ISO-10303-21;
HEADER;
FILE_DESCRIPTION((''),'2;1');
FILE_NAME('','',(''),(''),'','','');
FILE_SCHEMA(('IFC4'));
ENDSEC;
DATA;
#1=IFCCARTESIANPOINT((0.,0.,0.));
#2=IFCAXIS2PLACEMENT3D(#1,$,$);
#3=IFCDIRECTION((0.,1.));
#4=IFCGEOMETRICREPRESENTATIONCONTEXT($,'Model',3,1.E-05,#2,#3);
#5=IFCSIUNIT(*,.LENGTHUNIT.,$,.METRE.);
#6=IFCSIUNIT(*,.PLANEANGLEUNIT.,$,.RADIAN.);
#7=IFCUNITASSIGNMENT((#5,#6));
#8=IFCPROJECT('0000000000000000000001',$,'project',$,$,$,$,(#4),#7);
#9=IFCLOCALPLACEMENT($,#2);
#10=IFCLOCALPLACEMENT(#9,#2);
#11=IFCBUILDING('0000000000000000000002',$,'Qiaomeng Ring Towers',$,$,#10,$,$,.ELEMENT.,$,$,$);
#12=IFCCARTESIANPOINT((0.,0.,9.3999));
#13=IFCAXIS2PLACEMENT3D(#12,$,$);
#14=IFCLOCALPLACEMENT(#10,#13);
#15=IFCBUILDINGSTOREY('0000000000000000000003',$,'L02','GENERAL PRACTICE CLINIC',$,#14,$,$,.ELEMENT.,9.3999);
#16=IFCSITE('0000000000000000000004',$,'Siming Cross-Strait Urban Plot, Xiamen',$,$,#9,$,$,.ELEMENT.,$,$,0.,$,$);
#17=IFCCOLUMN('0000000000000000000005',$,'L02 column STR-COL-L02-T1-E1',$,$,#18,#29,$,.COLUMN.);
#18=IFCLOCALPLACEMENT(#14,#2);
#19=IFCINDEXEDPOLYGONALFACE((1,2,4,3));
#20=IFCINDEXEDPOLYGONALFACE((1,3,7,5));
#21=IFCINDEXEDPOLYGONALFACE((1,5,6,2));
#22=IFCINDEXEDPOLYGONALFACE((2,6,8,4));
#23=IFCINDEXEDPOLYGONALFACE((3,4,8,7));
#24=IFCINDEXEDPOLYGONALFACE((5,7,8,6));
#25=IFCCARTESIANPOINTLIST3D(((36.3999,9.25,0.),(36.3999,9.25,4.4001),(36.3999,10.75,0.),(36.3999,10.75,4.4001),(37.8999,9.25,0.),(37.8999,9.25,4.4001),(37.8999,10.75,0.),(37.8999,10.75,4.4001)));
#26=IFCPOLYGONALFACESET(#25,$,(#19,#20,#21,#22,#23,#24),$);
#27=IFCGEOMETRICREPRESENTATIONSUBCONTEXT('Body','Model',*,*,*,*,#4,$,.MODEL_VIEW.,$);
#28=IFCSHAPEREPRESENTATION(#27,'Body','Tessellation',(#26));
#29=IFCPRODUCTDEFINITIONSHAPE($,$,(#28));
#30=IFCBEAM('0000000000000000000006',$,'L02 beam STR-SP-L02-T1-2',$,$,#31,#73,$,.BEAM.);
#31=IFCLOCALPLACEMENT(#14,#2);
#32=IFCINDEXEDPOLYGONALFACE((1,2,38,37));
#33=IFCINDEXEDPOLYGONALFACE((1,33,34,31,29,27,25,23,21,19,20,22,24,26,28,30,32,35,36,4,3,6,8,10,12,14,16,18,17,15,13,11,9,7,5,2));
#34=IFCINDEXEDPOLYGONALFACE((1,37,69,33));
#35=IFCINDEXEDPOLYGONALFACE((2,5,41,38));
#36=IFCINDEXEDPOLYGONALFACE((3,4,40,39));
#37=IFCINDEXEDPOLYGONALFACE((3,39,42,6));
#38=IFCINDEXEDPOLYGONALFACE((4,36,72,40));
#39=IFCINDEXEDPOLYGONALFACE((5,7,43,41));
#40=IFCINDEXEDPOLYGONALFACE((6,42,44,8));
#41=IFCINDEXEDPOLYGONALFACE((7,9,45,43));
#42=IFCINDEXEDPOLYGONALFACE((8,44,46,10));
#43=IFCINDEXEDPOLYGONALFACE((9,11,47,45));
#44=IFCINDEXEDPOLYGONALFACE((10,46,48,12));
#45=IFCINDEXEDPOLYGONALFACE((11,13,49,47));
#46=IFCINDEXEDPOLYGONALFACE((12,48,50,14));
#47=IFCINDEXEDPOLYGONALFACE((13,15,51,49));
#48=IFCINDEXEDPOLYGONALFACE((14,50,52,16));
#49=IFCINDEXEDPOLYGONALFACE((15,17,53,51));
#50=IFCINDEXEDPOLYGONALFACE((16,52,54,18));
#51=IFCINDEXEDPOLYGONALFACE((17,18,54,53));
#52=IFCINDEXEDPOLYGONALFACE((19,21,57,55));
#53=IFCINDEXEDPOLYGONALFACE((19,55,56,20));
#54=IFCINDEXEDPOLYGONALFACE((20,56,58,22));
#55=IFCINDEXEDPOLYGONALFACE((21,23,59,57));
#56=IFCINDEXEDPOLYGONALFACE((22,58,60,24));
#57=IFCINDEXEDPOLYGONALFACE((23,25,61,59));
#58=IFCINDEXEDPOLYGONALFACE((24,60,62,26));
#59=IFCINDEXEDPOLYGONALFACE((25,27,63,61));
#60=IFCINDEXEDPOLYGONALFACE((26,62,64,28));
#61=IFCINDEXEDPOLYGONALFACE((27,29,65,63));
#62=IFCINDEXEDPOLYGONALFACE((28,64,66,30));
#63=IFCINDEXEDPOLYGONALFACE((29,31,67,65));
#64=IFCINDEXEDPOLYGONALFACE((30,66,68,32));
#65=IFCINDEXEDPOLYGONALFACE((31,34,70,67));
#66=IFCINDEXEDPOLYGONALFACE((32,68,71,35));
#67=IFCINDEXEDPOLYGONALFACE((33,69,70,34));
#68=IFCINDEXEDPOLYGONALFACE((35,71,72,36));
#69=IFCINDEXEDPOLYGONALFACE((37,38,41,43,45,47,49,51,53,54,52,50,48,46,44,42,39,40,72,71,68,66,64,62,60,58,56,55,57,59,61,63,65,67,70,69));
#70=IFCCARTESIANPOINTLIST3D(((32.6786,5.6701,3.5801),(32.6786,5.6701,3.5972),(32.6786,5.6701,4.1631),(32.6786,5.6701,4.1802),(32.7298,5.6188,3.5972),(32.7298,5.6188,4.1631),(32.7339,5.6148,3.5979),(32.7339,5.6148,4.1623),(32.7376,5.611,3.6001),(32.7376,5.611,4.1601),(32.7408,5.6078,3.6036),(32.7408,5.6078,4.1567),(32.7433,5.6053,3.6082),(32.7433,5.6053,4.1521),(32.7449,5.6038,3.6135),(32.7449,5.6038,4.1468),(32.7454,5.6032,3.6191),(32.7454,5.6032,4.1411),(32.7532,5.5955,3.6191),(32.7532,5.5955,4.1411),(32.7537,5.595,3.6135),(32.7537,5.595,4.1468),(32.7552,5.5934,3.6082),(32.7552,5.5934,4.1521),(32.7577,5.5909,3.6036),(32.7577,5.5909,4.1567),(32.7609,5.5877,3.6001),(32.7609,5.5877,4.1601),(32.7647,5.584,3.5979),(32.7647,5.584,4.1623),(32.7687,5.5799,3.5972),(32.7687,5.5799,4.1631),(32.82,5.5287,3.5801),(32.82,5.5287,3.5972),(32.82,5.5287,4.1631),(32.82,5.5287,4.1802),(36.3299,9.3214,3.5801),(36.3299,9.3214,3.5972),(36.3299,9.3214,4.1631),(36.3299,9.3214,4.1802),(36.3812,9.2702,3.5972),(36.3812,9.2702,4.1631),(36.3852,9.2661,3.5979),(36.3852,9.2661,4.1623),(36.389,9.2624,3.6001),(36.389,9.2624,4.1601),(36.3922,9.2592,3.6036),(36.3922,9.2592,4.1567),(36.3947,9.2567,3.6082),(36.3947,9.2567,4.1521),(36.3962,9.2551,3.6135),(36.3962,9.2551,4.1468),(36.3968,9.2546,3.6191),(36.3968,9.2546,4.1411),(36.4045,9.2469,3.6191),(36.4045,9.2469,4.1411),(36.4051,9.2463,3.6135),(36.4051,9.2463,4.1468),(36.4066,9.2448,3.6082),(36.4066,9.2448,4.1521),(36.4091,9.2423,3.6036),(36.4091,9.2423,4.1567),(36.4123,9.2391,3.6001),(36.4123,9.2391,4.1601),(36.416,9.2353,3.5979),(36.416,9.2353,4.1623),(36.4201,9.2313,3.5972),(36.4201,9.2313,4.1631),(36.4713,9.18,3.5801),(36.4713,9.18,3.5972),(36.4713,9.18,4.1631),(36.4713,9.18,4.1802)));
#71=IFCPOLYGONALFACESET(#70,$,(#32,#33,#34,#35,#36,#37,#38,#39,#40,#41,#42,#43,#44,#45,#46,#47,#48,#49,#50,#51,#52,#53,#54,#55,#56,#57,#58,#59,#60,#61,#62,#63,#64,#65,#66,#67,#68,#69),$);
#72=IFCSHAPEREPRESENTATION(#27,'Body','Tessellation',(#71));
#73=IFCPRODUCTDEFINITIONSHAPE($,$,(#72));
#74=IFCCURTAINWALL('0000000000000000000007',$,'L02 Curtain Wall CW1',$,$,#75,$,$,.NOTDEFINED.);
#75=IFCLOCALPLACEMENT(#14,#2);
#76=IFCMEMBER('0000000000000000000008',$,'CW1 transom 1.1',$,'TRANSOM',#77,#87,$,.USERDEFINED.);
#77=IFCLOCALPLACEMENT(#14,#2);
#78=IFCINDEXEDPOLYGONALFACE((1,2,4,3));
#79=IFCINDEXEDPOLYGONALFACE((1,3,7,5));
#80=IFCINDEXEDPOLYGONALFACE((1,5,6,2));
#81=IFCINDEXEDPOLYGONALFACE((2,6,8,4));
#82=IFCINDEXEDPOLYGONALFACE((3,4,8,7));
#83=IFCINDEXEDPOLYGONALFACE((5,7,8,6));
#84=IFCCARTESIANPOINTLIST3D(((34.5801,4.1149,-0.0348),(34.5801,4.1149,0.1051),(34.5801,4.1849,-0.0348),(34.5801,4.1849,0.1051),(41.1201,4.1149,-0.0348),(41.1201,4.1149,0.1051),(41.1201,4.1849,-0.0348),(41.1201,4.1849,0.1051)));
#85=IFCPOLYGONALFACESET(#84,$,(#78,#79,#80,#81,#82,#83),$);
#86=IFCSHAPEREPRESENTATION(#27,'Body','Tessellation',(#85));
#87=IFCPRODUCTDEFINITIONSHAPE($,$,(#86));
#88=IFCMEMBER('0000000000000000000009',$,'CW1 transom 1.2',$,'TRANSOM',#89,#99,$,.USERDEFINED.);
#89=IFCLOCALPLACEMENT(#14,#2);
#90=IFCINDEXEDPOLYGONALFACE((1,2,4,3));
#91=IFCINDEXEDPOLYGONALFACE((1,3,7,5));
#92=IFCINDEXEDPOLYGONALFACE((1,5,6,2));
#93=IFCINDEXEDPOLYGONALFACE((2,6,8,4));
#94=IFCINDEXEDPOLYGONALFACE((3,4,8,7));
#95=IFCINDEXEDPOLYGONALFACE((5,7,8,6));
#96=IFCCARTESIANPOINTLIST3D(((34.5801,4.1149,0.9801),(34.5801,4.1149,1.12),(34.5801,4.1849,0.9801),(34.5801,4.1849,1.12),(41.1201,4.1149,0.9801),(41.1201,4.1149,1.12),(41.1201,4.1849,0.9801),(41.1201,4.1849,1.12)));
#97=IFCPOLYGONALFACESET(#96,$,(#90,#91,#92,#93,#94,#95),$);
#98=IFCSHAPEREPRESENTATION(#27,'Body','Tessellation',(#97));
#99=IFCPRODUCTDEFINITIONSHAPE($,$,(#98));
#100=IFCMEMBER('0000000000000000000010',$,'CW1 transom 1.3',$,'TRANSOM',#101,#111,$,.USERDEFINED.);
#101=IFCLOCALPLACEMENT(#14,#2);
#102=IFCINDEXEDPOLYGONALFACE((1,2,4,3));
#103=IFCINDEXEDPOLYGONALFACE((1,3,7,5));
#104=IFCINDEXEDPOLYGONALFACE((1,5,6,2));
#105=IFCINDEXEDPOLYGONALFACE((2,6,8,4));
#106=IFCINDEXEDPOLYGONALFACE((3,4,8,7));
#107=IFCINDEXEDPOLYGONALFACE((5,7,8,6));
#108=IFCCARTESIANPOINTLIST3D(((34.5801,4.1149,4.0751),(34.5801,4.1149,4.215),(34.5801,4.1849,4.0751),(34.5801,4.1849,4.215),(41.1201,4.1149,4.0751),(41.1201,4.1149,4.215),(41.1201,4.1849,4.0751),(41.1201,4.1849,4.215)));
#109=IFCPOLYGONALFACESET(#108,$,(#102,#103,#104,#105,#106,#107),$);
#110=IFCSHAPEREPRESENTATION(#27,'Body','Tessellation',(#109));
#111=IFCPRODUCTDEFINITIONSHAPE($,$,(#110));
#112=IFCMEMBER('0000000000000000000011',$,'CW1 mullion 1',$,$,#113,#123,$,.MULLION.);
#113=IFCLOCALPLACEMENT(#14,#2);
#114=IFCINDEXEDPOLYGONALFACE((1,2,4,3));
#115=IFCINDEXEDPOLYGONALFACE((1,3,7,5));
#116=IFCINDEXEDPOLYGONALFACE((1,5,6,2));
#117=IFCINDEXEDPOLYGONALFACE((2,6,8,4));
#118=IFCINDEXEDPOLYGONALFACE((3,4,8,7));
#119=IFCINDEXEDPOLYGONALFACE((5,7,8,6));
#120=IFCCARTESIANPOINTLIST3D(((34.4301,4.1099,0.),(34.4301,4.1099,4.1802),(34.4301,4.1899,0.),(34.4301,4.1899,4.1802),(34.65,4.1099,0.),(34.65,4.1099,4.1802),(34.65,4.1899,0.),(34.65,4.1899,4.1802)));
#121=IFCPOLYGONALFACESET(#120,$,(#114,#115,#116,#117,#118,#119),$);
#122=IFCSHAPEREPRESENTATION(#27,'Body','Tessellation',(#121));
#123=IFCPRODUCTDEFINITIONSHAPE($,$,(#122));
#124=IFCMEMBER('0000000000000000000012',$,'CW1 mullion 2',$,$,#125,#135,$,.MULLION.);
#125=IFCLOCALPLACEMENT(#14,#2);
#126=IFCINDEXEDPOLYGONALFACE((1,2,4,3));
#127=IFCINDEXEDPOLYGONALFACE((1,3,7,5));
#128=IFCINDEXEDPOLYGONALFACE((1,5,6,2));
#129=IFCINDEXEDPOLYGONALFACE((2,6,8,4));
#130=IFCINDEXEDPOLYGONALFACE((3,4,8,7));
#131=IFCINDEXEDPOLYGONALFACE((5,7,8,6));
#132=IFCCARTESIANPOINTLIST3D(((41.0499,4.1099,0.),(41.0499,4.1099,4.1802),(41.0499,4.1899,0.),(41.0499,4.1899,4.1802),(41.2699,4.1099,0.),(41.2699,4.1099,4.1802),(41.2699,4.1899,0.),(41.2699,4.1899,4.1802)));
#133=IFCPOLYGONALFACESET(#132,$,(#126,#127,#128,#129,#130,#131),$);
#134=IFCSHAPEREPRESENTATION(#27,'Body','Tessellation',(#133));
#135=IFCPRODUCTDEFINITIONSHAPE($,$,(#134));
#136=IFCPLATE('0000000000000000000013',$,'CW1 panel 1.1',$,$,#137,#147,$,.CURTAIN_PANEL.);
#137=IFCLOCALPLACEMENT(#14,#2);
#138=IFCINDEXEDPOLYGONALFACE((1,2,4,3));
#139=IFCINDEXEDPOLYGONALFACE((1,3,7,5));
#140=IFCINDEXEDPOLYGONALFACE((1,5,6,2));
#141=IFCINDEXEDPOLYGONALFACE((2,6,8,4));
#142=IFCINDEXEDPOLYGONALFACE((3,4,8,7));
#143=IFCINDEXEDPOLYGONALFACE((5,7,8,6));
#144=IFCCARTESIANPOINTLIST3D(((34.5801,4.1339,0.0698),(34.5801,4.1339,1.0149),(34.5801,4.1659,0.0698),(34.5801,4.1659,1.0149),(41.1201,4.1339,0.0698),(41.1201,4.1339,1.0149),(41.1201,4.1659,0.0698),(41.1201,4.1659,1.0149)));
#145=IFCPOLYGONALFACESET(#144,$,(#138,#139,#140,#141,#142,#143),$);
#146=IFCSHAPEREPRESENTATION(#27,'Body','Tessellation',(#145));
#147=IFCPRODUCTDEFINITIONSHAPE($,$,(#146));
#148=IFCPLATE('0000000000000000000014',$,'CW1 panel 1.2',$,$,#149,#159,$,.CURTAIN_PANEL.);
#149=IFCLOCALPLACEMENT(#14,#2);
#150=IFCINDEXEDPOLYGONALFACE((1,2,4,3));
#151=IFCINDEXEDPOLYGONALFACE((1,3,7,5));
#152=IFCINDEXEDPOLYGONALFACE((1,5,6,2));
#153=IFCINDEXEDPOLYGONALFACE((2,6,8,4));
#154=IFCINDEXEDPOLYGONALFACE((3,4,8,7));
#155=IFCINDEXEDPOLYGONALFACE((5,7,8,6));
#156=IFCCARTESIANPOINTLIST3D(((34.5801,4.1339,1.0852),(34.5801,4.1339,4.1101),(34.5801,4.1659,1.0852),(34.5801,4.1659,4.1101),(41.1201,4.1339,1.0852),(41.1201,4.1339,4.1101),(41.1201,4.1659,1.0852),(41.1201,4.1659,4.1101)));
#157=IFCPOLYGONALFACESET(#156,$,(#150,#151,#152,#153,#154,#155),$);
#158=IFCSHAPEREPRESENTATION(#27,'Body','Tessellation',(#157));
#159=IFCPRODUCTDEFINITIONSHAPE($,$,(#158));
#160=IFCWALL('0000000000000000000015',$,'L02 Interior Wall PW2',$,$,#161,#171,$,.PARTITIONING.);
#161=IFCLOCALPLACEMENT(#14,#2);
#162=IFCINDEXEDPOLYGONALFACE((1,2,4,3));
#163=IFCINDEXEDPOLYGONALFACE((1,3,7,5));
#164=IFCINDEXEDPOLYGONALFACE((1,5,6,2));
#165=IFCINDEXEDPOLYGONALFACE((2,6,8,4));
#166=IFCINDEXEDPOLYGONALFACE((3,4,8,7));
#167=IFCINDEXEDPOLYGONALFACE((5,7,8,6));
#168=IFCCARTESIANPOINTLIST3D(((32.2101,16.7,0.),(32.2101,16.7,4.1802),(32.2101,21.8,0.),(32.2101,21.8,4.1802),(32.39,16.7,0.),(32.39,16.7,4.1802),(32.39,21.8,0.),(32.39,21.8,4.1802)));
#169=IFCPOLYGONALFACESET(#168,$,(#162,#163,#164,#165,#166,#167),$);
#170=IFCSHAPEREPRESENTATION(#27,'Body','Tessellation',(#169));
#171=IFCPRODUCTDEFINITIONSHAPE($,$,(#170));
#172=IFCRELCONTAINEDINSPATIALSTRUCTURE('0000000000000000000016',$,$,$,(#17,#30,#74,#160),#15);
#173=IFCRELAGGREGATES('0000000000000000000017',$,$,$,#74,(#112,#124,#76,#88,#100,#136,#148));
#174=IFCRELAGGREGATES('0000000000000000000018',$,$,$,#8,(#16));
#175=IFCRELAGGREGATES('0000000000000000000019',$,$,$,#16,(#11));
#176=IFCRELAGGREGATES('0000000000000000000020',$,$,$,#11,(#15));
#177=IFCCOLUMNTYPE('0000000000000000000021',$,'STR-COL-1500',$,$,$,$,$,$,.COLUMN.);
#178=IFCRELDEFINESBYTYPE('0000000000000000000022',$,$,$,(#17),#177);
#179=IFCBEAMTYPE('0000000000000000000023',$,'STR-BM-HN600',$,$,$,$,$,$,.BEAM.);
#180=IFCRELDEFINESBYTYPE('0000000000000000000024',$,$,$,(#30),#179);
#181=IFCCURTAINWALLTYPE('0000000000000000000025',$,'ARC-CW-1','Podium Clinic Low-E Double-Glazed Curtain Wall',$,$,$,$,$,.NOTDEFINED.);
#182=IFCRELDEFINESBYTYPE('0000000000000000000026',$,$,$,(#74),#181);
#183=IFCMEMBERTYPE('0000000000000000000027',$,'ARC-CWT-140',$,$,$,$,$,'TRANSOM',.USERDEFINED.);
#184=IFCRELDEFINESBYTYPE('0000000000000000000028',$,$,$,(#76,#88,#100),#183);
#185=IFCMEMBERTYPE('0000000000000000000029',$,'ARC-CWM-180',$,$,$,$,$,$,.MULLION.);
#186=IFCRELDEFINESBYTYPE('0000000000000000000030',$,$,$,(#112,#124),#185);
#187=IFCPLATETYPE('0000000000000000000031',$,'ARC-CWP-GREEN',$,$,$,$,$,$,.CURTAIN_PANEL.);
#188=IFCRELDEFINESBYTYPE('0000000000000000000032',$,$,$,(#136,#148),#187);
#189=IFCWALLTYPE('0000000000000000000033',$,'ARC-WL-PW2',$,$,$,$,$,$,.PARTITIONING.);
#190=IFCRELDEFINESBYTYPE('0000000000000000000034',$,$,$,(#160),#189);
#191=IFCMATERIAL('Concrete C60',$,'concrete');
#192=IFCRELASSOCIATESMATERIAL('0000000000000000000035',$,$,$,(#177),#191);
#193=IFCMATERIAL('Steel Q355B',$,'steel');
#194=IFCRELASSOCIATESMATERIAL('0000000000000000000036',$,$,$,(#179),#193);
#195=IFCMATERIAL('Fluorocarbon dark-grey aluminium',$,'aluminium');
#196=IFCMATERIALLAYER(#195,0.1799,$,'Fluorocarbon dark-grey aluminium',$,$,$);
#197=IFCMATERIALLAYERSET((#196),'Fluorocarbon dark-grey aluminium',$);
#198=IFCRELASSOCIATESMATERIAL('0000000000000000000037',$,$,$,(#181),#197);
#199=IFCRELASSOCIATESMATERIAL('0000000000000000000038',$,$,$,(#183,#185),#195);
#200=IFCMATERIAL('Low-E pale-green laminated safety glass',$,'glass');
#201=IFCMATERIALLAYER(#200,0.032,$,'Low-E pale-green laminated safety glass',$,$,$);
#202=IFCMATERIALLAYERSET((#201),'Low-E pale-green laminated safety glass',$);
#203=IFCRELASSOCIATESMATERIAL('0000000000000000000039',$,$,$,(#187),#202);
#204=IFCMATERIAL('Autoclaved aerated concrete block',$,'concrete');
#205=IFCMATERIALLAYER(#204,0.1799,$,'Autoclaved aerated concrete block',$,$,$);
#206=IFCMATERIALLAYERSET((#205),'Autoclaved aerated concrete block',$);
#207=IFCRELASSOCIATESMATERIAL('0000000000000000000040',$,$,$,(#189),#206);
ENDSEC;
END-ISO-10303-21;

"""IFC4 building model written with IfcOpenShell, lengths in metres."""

from ifc_helpers import new_model, si_unit, direction, frame, frame_2d, origin, origin_2d, place, context, subcontext, project, spatial, rectangle, i_section, extrude, source, transform, mapped, material, layer, layer_set, material_profile, profile_set, type_object, element, aggregate, save


model = new_model("IFC4")

# Units and contexts
model_context = context("Model", 3, precision=1e-05, world=origin(), true_north=direction((0.0, 1.0)))
body_context = subcontext(model_context, "Body", "Model", "MODEL_VIEW")
ifc_project = project(units=[si_unit("LENGTHUNIT", "METRE"), si_unit("PLANEANGLEUNIT", "RADIAN")], contexts=[model_context])

# Site, building, storey
site_placement = place(None, origin())
site = spatial("IfcSite", under=ifc_project, at=site_placement, Name="Siming Cross-Strait Urban Plot, Xiamen", CompositionType="ELEMENT", RefElevation=0.0)
building_placement = place(site_placement, origin())
building = spatial("IfcBuilding", under=site, at=building_placement, Name="Qiaomeng Ring Towers", CompositionType="ELEMENT")
storey_placement = place(building_placement, frame((0.0, 0.0, 9.3999)))
storey = spatial("IfcBuildingStorey", under=building, at=storey_placement, Name="L02", Description="GENERAL PRACTICE CLINIC", CompositionType="ELEMENT", Elevation=9.3999)

# Column
ifc_material_1 = material(Name="Concrete C60", Category="concrete")
ifc_material_profile_1 = material_profile(ifc_material_1, rectangle(XDim=1.5, YDim=1.5, at=origin_2d()), Name="RC COL 1500x1500")
ifc_profile_set_1 = profile_set([ifc_material_profile_1], Name="Concrete C60")
column_type = type_object("IfcColumnType", Name="STR-COL-1500", PredefinedType="COLUMN", material=ifc_profile_set_1)
shared_shape_1 = source(origin(), body_context, "Body", "SweptSolid", [
    extrude(rectangle(XDim=1.5, YDim=1.5, at=origin_2d()), origin(), (0.0, 0.0, 1.0), 4.4001),
])
column_placement = place(storey_placement, frame((37.1499, 10.0, 0.0), z_axis=(0.0, 0.0, 1.0), x_axis=(1.0, 0.0, 0.0)))
element("IfcColumn", 1, at=column_placement, inside=storey, type_object=column_type, Name="L02 column STR-COL-L02-T1-E1", PredefinedType="COLUMN", context=body_context, shape_type="MappedRepresentation", body=[
    mapped(shared_shape_1, transform((0.0, 0.0, 0.0), x_axis=(1.0, 0.0, 0.0), y_axis=(0.0, 1.0, 0.0), z_axis=(0.0, 0.0, 1.0), scale=1.0)),
])

# Beam
ifc_material_2 = material(Name="Steel Q355B", Category="steel")
ifc_material_profile_2 = material_profile(ifc_material_2, i_section(OverallWidth=0.2, OverallDepth=0.6001, WebThickness=0.011, FlangeThickness=0.0171, FilletRadius=0.022, at=origin_2d()), Name="HN 600x200x11x17")
ifc_profile_set_2 = profile_set([ifc_material_profile_2], Name="Steel Q355B")
beam_type = type_object("IfcBeamType", Name="STR-BM-HN600", PredefinedType="BEAM", material=ifc_profile_set_2)
shared_shape_2 = source(origin(), body_context, "Body", "SweptSolid", [
    extrude(i_section(OverallWidth=0.2, OverallDepth=0.6001, WebThickness=0.011, FlangeThickness=0.0171, FilletRadius=0.022, at=origin_2d()), origin(), (0.0, 0.0, 1.0), 5.1638),
])
beam_placement = place(storey_placement, frame((32.7493, 5.5994, 3.8801), z_axis=(0.707107, 0.707107, 0.0), x_axis=(-0.707107, 0.707107, 0.0)))
element("IfcBeam", 2, at=beam_placement, inside=storey, type_object=beam_type, Name="L02 beam STR-SP-L02-T1-2", PredefinedType="BEAM", context=body_context, shape_type="MappedRepresentation", body=[
    mapped(shared_shape_2, transform((0.0, 0.0, 0.0), x_axis=(1.0, 0.0, 0.0), y_axis=(0.0, 1.0, 0.0), z_axis=(0.0, 0.0, 1.0), scale=1.0)),
])

# Curtain wall, members, plates
ifc_material_3 = material(Name="Fluorocarbon dark-grey aluminium", Category="aluminium")
ifc_layer_1 = layer(ifc_material_3, 0.1799, Name="Fluorocarbon dark-grey aluminium")
ifc_layer_set_1 = layer_set([ifc_layer_1], Name="Fluorocarbon dark-grey aluminium")
curtain_wall_type = type_object("IfcCurtainWallType", Name="ARC-CW-1", Description="Podium Clinic Low-E Double-Glazed Curtain Wall", PredefinedType="NOTDEFINED", material=ifc_layer_set_1)
curtain_wall_placement = place(storey_placement, origin())
curtain_wall = element("IfcCurtainWall", 3, at=curtain_wall_placement, inside=storey, type_object=curtain_wall_type, Name="L02 Curtain Wall CW1", PredefinedType="NOTDEFINED")
ifc_material_profile_3 = material_profile(ifc_material_3, rectangle(XDim=0.0701, YDim=0.1399, at=origin_2d()), Name="ALU TRAN 70x140")
ifc_profile_set_3 = profile_set([ifc_material_profile_3], Name="Fluorocarbon dark-grey aluminium")
member_type_1 = type_object("IfcMemberType", Name="ARC-CWT-140", ElementType="TRANSOM", PredefinedType="USERDEFINED", material=ifc_profile_set_3)
shared_shape_3 = source(origin(), body_context, "Body", "SweptSolid", [
    extrude(rectangle(XDim=0.0701, YDim=0.1399, at=origin_2d()), origin(), (0.0, 0.0, 1.0), 6.54),
])
member_1_placement = place(storey_placement, frame((34.5801, 4.1499, 0.0352), z_axis=(1.0, 0.0, 0.0), x_axis=(0.0, 1.0, 0.0)))
member_1 = element("IfcMember", 4, at=member_1_placement, type_object=member_type_1, Name="CW1 transom 1.1", ObjectType="TRANSOM", PredefinedType="USERDEFINED", context=body_context, shape_type="MappedRepresentation", body=[
    mapped(shared_shape_3, transform((0.0, 0.0, 0.0), x_axis=(1.0, 0.0, 0.0), y_axis=(0.0, 1.0, 0.0), z_axis=(0.0, 0.0, 1.0), scale=1.0)),
])
member_2_placement = place(storey_placement, frame((34.5801, 4.1499, 1.05), z_axis=(1.0, 0.0, 0.0), x_axis=(0.0, 1.0, 0.0)))
member_2 = element("IfcMember", 5, at=member_2_placement, type_object=member_type_1, Name="CW1 transom 1.2", ObjectType="TRANSOM", PredefinedType="USERDEFINED", context=body_context, shape_type="MappedRepresentation", body=[
    mapped(shared_shape_3, transform((0.0, 0.0, 0.0), x_axis=(1.0, 0.0, 0.0), y_axis=(0.0, 1.0, 0.0), z_axis=(0.0, 0.0, 1.0), scale=1.0)),
])
member_3_placement = place(storey_placement, frame((34.5801, 4.1499, 4.145), z_axis=(1.0, 0.0, 0.0), x_axis=(0.0, 1.0, 0.0)))
member_3 = element("IfcMember", 6, at=member_3_placement, type_object=member_type_1, Name="CW1 transom 1.3", ObjectType="TRANSOM", PredefinedType="USERDEFINED", context=body_context, shape_type="MappedRepresentation", body=[
    mapped(shared_shape_3, transform((0.0, 0.0, 0.0), x_axis=(1.0, 0.0, 0.0), y_axis=(0.0, 1.0, 0.0), z_axis=(0.0, 0.0, 1.0), scale=1.0)),
])
ifc_material_profile_4 = material_profile(ifc_material_3, rectangle(XDim=0.0801, YDim=0.22, at=origin_2d()), Name="ALU MULL 80x220")
ifc_profile_set_4 = profile_set([ifc_material_profile_4], Name="Fluorocarbon dark-grey aluminium")
member_type_2 = type_object("IfcMemberType", Name="ARC-CWM-180", PredefinedType="MULLION", material=ifc_profile_set_4)
shared_shape_4 = source(origin(), body_context, "Body", "SweptSolid", [
    extrude(rectangle(XDim=0.0801, YDim=0.22, at=origin_2d()), origin(), (0.0, 0.0, 1.0), 4.1802),
])
member_4_placement = place(storey_placement, frame((34.54, 4.1499, 0.0), z_axis=(0.0, 0.0, 1.0), x_axis=(0.0, 1.0, 0.0)))
member_4 = element("IfcMember", 7, at=member_4_placement, type_object=member_type_2, Name="CW1 mullion 1", PredefinedType="MULLION", context=body_context, shape_type="MappedRepresentation", body=[
    mapped(shared_shape_4, transform((0.0, 0.0, 0.0), x_axis=(1.0, 0.0, 0.0), y_axis=(0.0, 1.0, 0.0), z_axis=(0.0, 0.0, 1.0), scale=1.0)),
])
member_5_placement = place(storey_placement, frame((41.1599, 4.1499, 0.0), z_axis=(0.0, 0.0, 1.0), x_axis=(0.0, 1.0, 0.0)))
member_5 = element("IfcMember", 8, at=member_5_placement, type_object=member_type_2, Name="CW1 mullion 2", PredefinedType="MULLION", context=body_context, shape_type="MappedRepresentation", body=[
    mapped(shared_shape_4, transform((0.0, 0.0, 0.0), x_axis=(1.0, 0.0, 0.0), y_axis=(0.0, 1.0, 0.0), z_axis=(0.0, 0.0, 1.0), scale=1.0)),
])
ifc_material_4 = material(Name="Low-E pale-green laminated safety glass", Category="glass")
ifc_layer_2 = layer(ifc_material_4, 0.032, Name="Low-E pale-green laminated safety glass")
ifc_layer_set_2 = layer_set([ifc_layer_2], Name="Low-E pale-green laminated safety glass")
plate_type = type_object("IfcPlateType", Name="ARC-CWP-GREEN", PredefinedType="CURTAIN_PANEL", material=ifc_layer_set_2)
shared_shape_5 = source(origin(), body_context, "Body", "SweptSolid", [
    extrude(rectangle(XDim=6.54, YDim=0.032, at=origin_2d()), origin(), (0.0, 0.0, 1.0), 0.9451),
])
plate_1_placement = place(storey_placement, frame((37.8501, 4.1499, 0.0698), z_axis=(0.0, 0.0, 1.0), x_axis=(1.0, 0.0, 0.0)))
plate_1 = element("IfcPlate", 9, at=plate_1_placement, type_object=plate_type, Name="CW1 panel 1.1", PredefinedType="CURTAIN_PANEL", context=body_context, shape_type="MappedRepresentation", body=[
    mapped(shared_shape_5, transform((0.0, 0.0, 0.0), x_axis=(1.0, 0.0, 0.0), y_axis=(0.0, 1.0, 0.0), z_axis=(0.0, 0.0, 1.0), scale=1.0)),
])
shared_shape_6 = source(origin(), body_context, "Body", "SweptSolid", [
    extrude(rectangle(XDim=6.54, YDim=0.032, at=origin_2d()), origin(), (0.0, 0.0, 1.0), 3.0249),
])
plate_2_placement = place(storey_placement, frame((37.8501, 4.1499, 1.0852), z_axis=(0.0, 0.0, 1.0), x_axis=(1.0, 0.0, 0.0)))
plate_2 = element("IfcPlate", 10, at=plate_2_placement, type_object=plate_type, Name="CW1 panel 1.2", PredefinedType="CURTAIN_PANEL", context=body_context, shape_type="MappedRepresentation", body=[
    mapped(shared_shape_6, transform((0.0, 0.0, 0.0), x_axis=(1.0, 0.0, 0.0), y_axis=(0.0, 1.0, 0.0), z_axis=(0.0, 0.0, 1.0), scale=1.0)),
])
aggregate(curtain_wall, [member_4, member_5, member_1, member_2, member_3, plate_1, plate_2])

# Wall
ifc_material_5 = material(Name="Autoclaved aerated concrete block", Category="concrete")
ifc_layer_3 = layer(ifc_material_5, 0.1799, Name="Autoclaved aerated concrete block")
ifc_layer_set_3 = layer_set([ifc_layer_3], Name="Autoclaved aerated concrete block")
wall_type_1 = type_object("IfcWallType", Name="ARC-WL-PW2", PredefinedType="PARTITIONING", material=ifc_layer_set_3)
for number, where, z_axis, x_axis, name in (
    (11, (32.3, 16.7, 0.0), (0.0, 0.0, 1.0), (0.0, 1.0, 0.0), "L02 Interior Wall PW2"),
):
    element("IfcWall", number, at=place(storey_placement, frame(where, z_axis=z_axis, x_axis=x_axis)), inside=storey, type_object=wall_type_1, Name=name, PredefinedType="PARTITIONING", context=body_context, shape_type="SweptSolid", body=[
        extrude(rectangle(XDim=5.1001, YDim=0.1799, at=frame_2d((2.55, 0.0))), origin(), (0.0, 0.0, 1.0), 4.1802),
    ])

save(model, "model.ifc")
